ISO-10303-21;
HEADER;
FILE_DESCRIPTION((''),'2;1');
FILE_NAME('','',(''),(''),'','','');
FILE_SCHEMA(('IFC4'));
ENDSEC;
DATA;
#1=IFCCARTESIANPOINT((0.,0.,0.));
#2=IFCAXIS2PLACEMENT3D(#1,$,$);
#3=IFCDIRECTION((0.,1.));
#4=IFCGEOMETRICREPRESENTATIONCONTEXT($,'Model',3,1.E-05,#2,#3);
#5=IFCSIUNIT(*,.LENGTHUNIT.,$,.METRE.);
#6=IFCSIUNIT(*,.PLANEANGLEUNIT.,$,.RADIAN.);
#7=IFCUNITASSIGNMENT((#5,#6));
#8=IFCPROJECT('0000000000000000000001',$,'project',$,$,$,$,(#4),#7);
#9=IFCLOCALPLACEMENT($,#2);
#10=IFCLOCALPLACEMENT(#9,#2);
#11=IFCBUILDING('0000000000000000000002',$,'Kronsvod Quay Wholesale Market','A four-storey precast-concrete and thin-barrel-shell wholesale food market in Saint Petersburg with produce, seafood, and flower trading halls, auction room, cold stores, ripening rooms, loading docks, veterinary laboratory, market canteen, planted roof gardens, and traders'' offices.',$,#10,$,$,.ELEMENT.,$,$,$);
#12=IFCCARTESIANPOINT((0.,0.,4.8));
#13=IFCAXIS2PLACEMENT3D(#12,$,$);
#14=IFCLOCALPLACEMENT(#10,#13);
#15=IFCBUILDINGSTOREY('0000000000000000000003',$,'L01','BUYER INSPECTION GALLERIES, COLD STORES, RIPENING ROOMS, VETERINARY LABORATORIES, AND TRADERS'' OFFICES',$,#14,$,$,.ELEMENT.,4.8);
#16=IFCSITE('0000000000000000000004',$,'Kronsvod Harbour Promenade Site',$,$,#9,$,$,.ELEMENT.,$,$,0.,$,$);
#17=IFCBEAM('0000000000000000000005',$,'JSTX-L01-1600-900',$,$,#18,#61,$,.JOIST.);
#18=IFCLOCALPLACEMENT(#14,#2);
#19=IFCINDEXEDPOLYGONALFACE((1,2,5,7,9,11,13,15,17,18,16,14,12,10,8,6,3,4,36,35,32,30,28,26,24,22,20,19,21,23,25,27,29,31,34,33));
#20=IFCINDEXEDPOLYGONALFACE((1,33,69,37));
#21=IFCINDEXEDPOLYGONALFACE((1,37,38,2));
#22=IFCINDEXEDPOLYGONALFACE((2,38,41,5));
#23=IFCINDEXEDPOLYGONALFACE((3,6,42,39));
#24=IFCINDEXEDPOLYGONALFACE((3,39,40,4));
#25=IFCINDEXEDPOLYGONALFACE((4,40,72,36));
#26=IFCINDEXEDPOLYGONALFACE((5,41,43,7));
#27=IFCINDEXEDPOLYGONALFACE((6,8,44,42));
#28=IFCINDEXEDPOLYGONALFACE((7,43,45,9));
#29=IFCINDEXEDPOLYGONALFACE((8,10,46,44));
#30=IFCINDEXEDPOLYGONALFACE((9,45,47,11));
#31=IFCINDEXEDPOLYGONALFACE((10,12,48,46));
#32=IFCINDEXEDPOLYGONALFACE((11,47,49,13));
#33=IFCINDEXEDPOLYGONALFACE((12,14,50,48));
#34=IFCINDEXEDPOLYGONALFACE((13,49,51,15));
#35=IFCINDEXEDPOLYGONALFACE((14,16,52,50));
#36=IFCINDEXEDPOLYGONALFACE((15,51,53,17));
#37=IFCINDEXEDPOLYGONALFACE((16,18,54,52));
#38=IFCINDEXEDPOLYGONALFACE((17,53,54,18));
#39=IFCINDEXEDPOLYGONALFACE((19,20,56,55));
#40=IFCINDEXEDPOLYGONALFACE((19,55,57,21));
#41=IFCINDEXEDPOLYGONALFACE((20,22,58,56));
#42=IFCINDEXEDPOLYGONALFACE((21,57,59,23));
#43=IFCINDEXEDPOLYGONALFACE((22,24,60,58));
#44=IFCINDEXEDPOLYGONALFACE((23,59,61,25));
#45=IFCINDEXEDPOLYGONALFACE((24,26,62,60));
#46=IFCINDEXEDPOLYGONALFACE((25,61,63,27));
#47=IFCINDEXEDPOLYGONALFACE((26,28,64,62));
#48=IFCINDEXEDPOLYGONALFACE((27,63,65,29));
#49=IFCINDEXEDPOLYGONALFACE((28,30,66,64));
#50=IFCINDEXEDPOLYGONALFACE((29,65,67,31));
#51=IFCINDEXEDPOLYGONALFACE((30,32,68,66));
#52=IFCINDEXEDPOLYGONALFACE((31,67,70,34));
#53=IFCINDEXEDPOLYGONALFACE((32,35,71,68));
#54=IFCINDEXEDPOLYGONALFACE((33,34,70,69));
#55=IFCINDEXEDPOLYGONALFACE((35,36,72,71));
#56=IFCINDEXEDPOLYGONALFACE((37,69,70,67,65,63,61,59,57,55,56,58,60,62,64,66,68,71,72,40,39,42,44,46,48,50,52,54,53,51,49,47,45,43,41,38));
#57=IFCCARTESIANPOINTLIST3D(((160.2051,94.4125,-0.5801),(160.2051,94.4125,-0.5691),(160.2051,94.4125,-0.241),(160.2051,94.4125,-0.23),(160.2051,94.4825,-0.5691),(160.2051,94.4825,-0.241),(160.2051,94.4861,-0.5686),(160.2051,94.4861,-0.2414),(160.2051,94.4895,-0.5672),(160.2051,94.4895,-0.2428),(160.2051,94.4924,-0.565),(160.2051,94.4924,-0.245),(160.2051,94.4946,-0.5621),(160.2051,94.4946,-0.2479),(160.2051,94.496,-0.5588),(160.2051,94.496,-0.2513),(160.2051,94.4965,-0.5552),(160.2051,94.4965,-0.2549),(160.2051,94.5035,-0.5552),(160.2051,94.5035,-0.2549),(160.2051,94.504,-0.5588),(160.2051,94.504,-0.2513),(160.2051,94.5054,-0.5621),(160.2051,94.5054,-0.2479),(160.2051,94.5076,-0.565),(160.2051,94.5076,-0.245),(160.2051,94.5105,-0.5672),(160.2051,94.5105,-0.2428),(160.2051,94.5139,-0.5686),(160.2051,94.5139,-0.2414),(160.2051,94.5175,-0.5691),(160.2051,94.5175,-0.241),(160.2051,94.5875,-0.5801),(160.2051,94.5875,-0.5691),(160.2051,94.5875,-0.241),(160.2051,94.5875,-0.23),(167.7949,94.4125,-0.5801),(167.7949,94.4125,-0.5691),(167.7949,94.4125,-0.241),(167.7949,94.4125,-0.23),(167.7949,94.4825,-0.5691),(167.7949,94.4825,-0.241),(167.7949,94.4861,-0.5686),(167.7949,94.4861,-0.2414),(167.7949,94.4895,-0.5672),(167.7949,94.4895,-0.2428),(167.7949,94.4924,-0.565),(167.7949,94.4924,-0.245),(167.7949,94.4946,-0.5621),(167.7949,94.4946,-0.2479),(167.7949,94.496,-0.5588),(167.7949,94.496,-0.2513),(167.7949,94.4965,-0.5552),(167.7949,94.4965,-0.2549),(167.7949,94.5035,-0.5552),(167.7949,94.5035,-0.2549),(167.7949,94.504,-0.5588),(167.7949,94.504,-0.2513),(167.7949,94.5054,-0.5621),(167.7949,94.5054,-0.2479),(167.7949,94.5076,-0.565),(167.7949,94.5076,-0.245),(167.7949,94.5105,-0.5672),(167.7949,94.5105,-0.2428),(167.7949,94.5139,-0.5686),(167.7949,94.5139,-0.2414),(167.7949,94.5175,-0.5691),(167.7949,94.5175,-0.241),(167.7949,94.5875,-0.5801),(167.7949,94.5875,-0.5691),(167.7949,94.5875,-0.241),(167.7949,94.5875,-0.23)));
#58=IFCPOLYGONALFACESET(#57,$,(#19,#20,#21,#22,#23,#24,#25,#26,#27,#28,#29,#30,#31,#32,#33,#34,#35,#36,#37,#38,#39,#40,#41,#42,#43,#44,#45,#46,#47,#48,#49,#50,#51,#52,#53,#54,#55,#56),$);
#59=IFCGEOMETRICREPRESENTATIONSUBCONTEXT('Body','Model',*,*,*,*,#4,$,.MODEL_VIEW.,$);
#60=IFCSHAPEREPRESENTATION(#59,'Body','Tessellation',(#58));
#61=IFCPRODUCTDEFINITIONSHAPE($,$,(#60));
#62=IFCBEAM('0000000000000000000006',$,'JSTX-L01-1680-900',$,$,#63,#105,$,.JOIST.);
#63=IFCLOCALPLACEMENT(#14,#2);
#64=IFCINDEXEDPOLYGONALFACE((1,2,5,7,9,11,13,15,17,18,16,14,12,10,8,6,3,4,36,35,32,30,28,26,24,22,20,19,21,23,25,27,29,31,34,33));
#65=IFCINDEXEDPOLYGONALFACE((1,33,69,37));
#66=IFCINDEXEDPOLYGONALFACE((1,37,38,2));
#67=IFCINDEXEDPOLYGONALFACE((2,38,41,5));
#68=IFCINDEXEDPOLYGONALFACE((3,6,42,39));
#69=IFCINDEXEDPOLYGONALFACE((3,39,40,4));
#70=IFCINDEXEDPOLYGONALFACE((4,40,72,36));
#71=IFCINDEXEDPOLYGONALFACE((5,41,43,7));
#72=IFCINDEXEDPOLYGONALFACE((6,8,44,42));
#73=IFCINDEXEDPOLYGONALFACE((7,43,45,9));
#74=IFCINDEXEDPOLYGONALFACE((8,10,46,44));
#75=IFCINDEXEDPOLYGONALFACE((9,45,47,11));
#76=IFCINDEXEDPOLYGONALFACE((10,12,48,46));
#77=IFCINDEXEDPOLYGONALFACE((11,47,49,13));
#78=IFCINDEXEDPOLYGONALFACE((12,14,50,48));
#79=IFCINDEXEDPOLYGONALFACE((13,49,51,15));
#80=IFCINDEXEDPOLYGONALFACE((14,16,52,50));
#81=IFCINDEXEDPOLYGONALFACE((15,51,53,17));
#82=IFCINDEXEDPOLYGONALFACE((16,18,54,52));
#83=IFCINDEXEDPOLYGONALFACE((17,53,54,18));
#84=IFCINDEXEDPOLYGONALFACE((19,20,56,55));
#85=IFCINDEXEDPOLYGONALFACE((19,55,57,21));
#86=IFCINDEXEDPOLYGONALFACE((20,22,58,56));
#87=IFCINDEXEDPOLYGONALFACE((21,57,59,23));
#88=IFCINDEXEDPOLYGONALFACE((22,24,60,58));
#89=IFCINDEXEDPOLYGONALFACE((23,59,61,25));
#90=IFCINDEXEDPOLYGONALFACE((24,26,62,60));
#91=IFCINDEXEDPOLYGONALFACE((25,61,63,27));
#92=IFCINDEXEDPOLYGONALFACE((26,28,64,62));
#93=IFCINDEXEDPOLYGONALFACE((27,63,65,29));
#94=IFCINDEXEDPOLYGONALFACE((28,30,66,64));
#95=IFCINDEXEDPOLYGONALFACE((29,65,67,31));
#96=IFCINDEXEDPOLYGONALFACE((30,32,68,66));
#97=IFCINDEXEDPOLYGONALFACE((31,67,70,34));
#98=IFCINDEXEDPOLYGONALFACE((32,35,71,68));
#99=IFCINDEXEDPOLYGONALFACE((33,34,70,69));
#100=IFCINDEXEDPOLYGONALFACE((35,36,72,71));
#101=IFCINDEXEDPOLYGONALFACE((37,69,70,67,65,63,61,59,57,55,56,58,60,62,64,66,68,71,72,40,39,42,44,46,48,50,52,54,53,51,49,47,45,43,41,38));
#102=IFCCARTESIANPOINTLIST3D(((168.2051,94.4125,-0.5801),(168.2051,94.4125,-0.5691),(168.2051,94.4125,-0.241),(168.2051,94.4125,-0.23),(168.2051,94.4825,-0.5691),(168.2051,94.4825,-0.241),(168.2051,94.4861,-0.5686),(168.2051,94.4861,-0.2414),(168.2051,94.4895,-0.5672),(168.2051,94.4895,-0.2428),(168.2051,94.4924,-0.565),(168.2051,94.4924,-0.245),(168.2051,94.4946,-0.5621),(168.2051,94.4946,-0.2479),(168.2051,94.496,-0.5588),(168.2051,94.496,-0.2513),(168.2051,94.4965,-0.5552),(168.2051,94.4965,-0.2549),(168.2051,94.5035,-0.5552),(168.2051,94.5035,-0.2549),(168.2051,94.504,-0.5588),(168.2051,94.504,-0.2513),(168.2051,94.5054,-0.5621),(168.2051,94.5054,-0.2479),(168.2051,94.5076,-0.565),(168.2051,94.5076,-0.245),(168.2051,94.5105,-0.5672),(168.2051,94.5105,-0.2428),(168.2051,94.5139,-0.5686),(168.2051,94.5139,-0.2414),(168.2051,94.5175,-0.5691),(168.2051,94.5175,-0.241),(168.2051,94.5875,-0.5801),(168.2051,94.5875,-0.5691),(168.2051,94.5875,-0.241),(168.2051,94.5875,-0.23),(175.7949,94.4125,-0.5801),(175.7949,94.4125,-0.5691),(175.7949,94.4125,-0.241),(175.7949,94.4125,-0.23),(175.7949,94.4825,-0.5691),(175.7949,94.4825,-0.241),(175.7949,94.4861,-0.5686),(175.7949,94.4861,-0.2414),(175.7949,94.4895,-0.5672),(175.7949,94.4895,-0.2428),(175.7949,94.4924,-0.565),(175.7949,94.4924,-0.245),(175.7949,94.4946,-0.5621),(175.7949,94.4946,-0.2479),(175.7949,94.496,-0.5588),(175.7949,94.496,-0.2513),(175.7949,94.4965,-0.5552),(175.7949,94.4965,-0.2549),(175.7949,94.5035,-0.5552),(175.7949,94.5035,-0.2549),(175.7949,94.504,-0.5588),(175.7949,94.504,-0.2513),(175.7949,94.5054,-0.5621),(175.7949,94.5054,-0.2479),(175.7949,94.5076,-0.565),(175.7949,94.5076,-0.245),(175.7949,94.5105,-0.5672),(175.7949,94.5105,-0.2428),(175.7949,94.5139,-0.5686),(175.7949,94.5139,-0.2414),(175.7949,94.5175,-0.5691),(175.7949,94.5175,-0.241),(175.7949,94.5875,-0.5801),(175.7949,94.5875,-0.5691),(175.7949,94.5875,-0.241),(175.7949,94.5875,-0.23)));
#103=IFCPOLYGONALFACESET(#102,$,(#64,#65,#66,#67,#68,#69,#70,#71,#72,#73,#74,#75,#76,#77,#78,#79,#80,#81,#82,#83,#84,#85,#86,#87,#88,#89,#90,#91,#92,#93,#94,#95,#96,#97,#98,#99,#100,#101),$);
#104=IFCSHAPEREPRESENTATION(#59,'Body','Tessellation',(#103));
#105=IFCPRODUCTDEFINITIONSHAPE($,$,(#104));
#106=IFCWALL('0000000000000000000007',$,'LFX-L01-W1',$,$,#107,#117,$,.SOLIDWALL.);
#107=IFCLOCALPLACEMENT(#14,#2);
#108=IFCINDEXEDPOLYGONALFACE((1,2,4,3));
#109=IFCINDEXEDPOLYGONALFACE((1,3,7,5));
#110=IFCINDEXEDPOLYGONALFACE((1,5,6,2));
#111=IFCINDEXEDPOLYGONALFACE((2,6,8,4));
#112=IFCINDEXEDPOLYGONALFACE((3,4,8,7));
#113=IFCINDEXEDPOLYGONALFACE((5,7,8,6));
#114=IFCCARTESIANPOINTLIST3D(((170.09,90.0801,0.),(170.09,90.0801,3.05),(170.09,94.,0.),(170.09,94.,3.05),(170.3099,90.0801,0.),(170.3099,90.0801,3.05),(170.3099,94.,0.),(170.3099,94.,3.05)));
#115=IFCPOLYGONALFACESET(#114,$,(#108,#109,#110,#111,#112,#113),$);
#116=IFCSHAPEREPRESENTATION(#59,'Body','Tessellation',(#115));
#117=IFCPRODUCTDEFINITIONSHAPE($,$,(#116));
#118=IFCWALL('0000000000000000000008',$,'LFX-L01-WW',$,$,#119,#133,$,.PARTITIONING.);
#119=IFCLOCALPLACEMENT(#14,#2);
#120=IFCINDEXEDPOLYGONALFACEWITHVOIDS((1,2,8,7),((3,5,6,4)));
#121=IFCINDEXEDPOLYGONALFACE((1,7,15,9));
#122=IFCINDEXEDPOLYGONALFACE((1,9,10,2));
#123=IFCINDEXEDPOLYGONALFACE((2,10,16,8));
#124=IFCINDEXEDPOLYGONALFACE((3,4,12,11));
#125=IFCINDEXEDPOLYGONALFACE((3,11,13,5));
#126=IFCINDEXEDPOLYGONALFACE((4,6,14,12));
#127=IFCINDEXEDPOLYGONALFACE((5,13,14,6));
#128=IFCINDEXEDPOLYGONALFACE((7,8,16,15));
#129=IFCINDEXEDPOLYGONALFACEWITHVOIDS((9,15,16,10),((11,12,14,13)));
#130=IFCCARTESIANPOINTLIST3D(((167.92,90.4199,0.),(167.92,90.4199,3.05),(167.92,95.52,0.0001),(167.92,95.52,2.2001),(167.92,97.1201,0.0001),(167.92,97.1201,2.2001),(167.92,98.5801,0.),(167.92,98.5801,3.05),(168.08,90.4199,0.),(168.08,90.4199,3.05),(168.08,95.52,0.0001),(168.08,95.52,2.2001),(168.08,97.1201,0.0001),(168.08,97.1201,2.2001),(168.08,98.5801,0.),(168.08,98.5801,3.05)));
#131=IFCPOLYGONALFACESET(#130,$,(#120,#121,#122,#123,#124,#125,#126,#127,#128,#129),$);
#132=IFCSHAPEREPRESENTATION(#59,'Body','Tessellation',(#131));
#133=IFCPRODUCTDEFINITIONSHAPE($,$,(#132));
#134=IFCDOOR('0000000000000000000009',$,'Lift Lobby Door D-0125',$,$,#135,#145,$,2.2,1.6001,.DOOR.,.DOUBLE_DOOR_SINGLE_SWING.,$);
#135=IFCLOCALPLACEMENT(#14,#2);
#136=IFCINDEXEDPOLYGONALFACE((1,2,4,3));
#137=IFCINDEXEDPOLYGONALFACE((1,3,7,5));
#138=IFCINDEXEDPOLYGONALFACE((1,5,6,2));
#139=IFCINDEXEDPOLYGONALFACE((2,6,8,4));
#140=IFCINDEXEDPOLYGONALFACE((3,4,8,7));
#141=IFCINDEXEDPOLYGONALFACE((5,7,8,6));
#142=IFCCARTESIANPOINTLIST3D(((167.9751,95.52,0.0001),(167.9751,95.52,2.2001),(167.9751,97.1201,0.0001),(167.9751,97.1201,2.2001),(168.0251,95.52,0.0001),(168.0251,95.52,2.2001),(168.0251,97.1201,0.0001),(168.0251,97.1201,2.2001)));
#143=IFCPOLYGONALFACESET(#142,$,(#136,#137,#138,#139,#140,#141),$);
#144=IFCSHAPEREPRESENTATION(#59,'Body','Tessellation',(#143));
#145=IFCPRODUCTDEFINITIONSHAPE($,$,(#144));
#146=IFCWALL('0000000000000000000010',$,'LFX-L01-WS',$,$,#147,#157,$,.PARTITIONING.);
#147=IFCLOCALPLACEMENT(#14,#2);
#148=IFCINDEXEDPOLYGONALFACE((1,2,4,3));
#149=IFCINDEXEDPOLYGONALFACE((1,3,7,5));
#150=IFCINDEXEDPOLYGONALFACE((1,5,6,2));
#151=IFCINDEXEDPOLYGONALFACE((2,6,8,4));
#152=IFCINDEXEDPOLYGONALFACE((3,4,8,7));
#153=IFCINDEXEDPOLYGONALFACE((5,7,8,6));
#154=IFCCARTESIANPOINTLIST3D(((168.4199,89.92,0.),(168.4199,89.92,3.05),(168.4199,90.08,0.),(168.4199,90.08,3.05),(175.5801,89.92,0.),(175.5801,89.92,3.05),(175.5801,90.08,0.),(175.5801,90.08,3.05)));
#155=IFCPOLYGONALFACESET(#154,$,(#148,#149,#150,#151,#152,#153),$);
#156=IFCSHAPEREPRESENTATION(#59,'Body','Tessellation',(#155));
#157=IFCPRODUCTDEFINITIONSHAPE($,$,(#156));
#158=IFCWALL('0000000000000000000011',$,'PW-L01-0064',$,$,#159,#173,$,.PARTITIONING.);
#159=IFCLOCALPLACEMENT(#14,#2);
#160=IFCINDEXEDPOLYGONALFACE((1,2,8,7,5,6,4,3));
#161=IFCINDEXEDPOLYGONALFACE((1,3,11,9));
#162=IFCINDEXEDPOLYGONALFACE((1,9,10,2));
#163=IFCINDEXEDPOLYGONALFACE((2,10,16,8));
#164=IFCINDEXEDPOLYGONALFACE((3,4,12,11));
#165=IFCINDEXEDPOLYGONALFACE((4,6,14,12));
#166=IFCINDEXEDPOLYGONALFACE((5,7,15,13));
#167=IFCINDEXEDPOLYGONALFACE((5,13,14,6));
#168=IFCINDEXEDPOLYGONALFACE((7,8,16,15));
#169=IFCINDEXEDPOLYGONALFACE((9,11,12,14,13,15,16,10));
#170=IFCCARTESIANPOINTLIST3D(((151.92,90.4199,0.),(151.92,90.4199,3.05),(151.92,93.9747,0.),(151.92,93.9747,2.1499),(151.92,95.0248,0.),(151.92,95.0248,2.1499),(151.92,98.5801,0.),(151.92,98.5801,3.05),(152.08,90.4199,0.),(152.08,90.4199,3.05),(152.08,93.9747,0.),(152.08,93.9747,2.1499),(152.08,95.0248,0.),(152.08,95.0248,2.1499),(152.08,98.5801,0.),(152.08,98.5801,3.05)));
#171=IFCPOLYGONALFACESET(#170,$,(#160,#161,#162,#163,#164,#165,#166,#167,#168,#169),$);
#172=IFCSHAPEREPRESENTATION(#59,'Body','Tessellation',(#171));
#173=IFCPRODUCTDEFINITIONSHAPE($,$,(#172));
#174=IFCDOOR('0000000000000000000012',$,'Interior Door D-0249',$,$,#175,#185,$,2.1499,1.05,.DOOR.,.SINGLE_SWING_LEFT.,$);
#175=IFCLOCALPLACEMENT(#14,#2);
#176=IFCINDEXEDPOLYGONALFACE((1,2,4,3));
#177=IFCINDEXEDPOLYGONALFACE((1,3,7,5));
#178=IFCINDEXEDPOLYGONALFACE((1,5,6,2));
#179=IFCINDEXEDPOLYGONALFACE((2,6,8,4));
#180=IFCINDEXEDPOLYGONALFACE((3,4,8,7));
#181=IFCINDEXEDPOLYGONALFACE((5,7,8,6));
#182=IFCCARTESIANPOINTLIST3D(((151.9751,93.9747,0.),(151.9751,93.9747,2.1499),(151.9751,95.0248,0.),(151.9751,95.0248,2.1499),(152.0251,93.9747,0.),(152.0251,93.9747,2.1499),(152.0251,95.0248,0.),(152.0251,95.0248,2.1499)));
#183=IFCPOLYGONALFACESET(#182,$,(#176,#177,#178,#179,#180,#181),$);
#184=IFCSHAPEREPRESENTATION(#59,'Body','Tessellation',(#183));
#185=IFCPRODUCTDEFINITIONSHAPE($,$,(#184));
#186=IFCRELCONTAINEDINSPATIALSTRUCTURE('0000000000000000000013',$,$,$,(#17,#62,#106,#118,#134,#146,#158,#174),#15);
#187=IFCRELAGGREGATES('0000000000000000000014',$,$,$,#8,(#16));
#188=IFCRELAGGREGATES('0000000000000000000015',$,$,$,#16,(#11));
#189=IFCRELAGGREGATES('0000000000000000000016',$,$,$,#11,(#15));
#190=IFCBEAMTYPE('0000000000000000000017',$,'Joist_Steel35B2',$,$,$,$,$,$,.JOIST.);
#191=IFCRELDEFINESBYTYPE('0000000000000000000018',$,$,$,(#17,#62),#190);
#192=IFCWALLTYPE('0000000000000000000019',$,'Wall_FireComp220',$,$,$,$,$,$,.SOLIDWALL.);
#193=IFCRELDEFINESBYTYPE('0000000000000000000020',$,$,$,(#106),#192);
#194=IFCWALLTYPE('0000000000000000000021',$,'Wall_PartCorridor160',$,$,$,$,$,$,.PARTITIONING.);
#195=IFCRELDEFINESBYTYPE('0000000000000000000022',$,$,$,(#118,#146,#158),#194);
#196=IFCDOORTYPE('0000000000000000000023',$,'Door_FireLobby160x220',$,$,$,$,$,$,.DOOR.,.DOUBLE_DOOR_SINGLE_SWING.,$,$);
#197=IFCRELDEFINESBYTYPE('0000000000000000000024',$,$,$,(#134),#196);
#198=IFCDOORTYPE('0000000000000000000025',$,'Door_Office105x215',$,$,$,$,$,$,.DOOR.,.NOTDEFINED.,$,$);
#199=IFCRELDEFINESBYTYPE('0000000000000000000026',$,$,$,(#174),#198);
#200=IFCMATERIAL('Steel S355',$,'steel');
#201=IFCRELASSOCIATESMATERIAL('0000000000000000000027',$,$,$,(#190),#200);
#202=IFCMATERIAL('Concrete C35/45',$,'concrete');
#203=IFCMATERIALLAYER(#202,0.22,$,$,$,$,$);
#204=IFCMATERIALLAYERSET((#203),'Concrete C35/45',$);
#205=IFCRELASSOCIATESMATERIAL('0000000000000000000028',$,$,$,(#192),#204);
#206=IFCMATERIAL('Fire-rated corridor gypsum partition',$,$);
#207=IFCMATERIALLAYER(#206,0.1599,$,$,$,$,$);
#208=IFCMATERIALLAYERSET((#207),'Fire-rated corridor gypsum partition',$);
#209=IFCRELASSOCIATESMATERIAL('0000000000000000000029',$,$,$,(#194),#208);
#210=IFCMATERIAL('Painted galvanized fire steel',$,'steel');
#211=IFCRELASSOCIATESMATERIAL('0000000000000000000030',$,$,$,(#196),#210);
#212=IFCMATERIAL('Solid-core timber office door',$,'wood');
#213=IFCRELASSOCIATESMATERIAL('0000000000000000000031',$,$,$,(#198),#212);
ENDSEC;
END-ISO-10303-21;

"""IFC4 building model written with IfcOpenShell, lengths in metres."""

from ifc_helpers import new_model, si_unit, direction, frame, frame_2d, origin, origin_2d, place, context, subcontext, project, spatial, rectangle, i_section, extrude, material, layer, layer_set, material_profile, profile_set, type_object, element, fill, save


model = new_model("IFC4")

# Units and contexts
model_context = context("Model", 3, precision=1e-05, world=origin(), true_north=direction((0.0, 1.0)))
body_context = subcontext(model_context, "Body", "Model", "MODEL_VIEW")
ifc_project = project(units=[si_unit("LENGTHUNIT", "METRE"), si_unit("PLANEANGLEUNIT", "RADIAN")], contexts=[model_context])

# Site, building, storey
site_placement = place(None, origin())
site = spatial("IfcSite", under=ifc_project, at=site_placement, Name="Kronsvod Harbour Promenade Site", CompositionType="ELEMENT", RefElevation=0.0)
building_placement = place(site_placement, origin())
building = spatial("IfcBuilding", under=site, at=building_placement, Name="Kronsvod Quay Wholesale Market", Description="A four-storey precast-concrete and thin-barrel-shell wholesale food market in Saint Petersburg with produce, seafood, and flower trading halls, auction room, cold stores, ripening rooms, loading docks, veterinary laboratory, market canteen, planted roof gardens, and traders' offices.", CompositionType="ELEMENT")
storey_placement = place(building_placement, frame((0.0, 0.0, 4.8)))
storey = spatial("IfcBuildingStorey", under=building, at=storey_placement, Name="L01", Description="BUYER INSPECTION GALLERIES, COLD STORES, RIPENING ROOMS, VETERINARY LABORATORIES, AND TRADERS' OFFICES", CompositionType="ELEMENT", Elevation=4.8)

# Beams
ifc_material_1 = material(Name="Steel S355", Category="steel")
ifc_material_profile_1 = material_profile(ifc_material_1, i_section(OverallWidth=0.175, OverallDepth=0.3501, WebThickness=0.0071, FlangeThickness=0.011, FilletRadius=0.0139, at=origin_2d()), Name="35B2")
ifc_profile_set_1 = profile_set([ifc_material_profile_1], Name="Steel S355")
beam_type_1 = type_object("IfcBeamType", Name="Joist_Steel35B2", PredefinedType="JOIST", material=ifc_profile_set_1)
for number, where, z_axis, x_axis, name in (
    (1, (160.2051, 94.5, -0.405), (1.0, 0.0, 0.0), (0.0, 1.0, 0.0), "JSTX-L01-1600-900"),
    (2, (168.2051, 94.5, -0.405), (1.0, 0.0, 0.0), (0.0, 1.0, 0.0), "JSTX-L01-1680-900"),
):
    element("IfcBeam", number, at=place(storey_placement, frame(where, z_axis=z_axis, x_axis=x_axis)), inside=storey, type_object=beam_type_1, Name=name, PredefinedType="JOIST", context=body_context, shape_type="SweptSolid", body=[
        extrude(i_section(OverallWidth=0.175, OverallDepth=0.3501, WebThickness=0.0071, FlangeThickness=0.011, FilletRadius=0.0139, at=origin_2d()), origin(), (0.0, 0.0, 1.0), 7.5898),
    ])

# Wall
ifc_material_2 = material(Name="Concrete C35/45", Category="concrete")
ifc_layer_1 = layer(ifc_material_2, 0.22)
ifc_layer_set_1 = layer_set([ifc_layer_1], Name="Concrete C35/45")
wall_type_1 = type_object("IfcWallType", Name="Wall_FireComp220", PredefinedType="SOLIDWALL", material=ifc_layer_set_1)
wall_1_placement = place(storey_placement, frame((170.2, 90.0801, 0.0), z_axis=(0.0, 0.0, 1.0), x_axis=(0.0, 1.0, 0.0)))
element("IfcWall", 3, at=wall_1_placement, inside=storey, type_object=wall_type_1, Name="LFX-L01-W1", PredefinedType="SOLIDWALL", context=body_context, shape_type="SweptSolid", body=[
    extrude(rectangle(XDim=3.9199, YDim=0.22, at=frame_2d((1.96, 0.0))), origin(), (0.0, 0.0, 1.0), 3.05),
])

# Wall, opening, door
ifc_material_3 = material(Name="Fire-rated corridor gypsum partition")
ifc_layer_2 = layer(ifc_material_3, 0.1599)
ifc_layer_set_2 = layer_set([ifc_layer_2], Name="Fire-rated corridor gypsum partition")
wall_type_2 = type_object("IfcWallType", Name="Wall_PartCorridor160", PredefinedType="PARTITIONING", material=ifc_layer_set_2)
wall_2_placement = place(storey_placement, frame((168.0, 90.4199, 0.0), z_axis=(0.0, 0.0, 1.0), x_axis=(0.0, 1.0, 0.0)))
wall_2 = element("IfcWall", 4, at=wall_2_placement, inside=storey, type_object=wall_type_2, Name="LFX-L01-WW", PredefinedType="PARTITIONING", context=body_context, shape_type="SweptSolid", body=[
    extrude(rectangle(XDim=8.1602, YDim=0.1599, at=frame_2d((4.0801, 0.0))), origin(), (0.0, 0.0, 1.0), 3.05),
])
opening_1_placement = place(wall_2_placement, frame((5.1001, 0.0, 0.0)))
opening_1 = element("IfcOpeningElement", 5, at=opening_1_placement, cuts=wall_2, PredefinedType="OPENING", context=body_context, shape_type="SweptSolid", body=[
    extrude(rectangle(XDim=1.6001, YDim=2.2, at=frame_2d((0.8, 1.1001))), frame((0.0, 0.0898, 0.0), z_axis=(0.0, -1.0, 0.0), x_axis=(1.0, 0.0, 0.0)), (0.0, 0.0, 1.0), 0.1799),
])
ifc_material_4 = material(Name="Painted galvanized fire steel", Category="steel")
door_type_1 = type_object("IfcDoorType", Name="Door_FireLobby160x220", OperationType="DOUBLE_DOOR_SINGLE_SWING", PredefinedType="DOOR", material=ifc_material_4)
door_1_placement = place(opening_1_placement, origin())
door_1 = element("IfcDoor", 6, at=door_1_placement, inside=storey, type_object=door_type_1, Name="Lift Lobby Door D-0125", OperationType="DOUBLE_DOOR_SINGLE_SWING", OverallHeight=2.2, OverallWidth=1.6001, PredefinedType="DOOR", context=body_context, shape_type="SweptSolid", body=[
    extrude(rectangle(XDim=1.6001, YDim=2.2, at=frame_2d((0.8, 1.1001))), frame((0.0, 0.0249, 0.0), z_axis=(0.0, -1.0, 0.0), x_axis=(1.0, 0.0, 0.0)), (0.0, 0.0, 1.0), 0.05),
])
fill(opening_1, door_1)

# Wall
wall_3_placement = place(storey_placement, frame((168.4199, 90.0, 0.0), z_axis=(0.0, 0.0, 1.0), x_axis=(1.0, 0.0, 0.0)))
element("IfcWall", 7, at=wall_3_placement, inside=storey, type_object=wall_type_2, Name="LFX-L01-WS", PredefinedType="PARTITIONING", context=body_context, shape_type="SweptSolid", body=[
    extrude(rectangle(XDim=7.1602, YDim=0.1599, at=frame_2d((3.5801, 0.0))), origin(), (0.0, 0.0, 1.0), 3.05),
])

# Wall, opening, door
wall_4_placement = place(storey_placement, frame((152.0, 90.4199, 0.0), z_axis=(0.0, 0.0, 1.0), x_axis=(0.0, 1.0, 0.0)))
wall_4 = element("IfcWall", 8, at=wall_4_placement, inside=storey, type_object=wall_type_2, Name="PW-L01-0064", PredefinedType="PARTITIONING", context=body_context, shape_type="SweptSolid", body=[
    extrude(rectangle(XDim=8.1602, YDim=0.1599, at=frame_2d((4.0801, 0.0))), origin(), (0.0, 0.0, 1.0), 3.05),
])
opening_2_placement = place(wall_4_placement, frame((3.5549, 0.0, 0.0)))
opening_2 = element("IfcOpeningElement", 9, at=opening_2_placement, cuts=wall_4, PredefinedType="OPENING", context=body_context, shape_type="SweptSolid", body=[
    extrude(rectangle(XDim=1.05, YDim=2.1499, at=frame_2d((0.5249, 1.075))), frame((0.0, 0.0898, 0.0), z_axis=(0.0, -1.0, 0.0), x_axis=(1.0, 0.0, 0.0)), (0.0, 0.0, 1.0), 0.1799),
])
ifc_material_5 = material(Name="Solid-core timber office door", Category="wood")
door_type_2 = type_object("IfcDoorType", Name="Door_Office105x215", OperationType="NOTDEFINED", PredefinedType="DOOR", material=ifc_material_5)
door_2_placement = place(opening_2_placement, origin())
door_2 = element("IfcDoor", 10, at=door_2_placement, inside=storey, type_object=door_type_2, Name="Interior Door D-0249", OperationType="SINGLE_SWING_LEFT", OverallHeight=2.1499, OverallWidth=1.05, PredefinedType="DOOR", context=body_context, shape_type="SweptSolid", body=[
    extrude(rectangle(XDim=1.05, YDim=2.1499, at=frame_2d((0.5249, 1.075))), frame((0.0, 0.0249, 0.0), z_axis=(0.0, -1.0, 0.0), x_axis=(1.0, 0.0, 0.0)), (0.0, 0.0, 1.0), 0.05),
])
fill(opening_2, door_2)

save(model, "model.ifc")
